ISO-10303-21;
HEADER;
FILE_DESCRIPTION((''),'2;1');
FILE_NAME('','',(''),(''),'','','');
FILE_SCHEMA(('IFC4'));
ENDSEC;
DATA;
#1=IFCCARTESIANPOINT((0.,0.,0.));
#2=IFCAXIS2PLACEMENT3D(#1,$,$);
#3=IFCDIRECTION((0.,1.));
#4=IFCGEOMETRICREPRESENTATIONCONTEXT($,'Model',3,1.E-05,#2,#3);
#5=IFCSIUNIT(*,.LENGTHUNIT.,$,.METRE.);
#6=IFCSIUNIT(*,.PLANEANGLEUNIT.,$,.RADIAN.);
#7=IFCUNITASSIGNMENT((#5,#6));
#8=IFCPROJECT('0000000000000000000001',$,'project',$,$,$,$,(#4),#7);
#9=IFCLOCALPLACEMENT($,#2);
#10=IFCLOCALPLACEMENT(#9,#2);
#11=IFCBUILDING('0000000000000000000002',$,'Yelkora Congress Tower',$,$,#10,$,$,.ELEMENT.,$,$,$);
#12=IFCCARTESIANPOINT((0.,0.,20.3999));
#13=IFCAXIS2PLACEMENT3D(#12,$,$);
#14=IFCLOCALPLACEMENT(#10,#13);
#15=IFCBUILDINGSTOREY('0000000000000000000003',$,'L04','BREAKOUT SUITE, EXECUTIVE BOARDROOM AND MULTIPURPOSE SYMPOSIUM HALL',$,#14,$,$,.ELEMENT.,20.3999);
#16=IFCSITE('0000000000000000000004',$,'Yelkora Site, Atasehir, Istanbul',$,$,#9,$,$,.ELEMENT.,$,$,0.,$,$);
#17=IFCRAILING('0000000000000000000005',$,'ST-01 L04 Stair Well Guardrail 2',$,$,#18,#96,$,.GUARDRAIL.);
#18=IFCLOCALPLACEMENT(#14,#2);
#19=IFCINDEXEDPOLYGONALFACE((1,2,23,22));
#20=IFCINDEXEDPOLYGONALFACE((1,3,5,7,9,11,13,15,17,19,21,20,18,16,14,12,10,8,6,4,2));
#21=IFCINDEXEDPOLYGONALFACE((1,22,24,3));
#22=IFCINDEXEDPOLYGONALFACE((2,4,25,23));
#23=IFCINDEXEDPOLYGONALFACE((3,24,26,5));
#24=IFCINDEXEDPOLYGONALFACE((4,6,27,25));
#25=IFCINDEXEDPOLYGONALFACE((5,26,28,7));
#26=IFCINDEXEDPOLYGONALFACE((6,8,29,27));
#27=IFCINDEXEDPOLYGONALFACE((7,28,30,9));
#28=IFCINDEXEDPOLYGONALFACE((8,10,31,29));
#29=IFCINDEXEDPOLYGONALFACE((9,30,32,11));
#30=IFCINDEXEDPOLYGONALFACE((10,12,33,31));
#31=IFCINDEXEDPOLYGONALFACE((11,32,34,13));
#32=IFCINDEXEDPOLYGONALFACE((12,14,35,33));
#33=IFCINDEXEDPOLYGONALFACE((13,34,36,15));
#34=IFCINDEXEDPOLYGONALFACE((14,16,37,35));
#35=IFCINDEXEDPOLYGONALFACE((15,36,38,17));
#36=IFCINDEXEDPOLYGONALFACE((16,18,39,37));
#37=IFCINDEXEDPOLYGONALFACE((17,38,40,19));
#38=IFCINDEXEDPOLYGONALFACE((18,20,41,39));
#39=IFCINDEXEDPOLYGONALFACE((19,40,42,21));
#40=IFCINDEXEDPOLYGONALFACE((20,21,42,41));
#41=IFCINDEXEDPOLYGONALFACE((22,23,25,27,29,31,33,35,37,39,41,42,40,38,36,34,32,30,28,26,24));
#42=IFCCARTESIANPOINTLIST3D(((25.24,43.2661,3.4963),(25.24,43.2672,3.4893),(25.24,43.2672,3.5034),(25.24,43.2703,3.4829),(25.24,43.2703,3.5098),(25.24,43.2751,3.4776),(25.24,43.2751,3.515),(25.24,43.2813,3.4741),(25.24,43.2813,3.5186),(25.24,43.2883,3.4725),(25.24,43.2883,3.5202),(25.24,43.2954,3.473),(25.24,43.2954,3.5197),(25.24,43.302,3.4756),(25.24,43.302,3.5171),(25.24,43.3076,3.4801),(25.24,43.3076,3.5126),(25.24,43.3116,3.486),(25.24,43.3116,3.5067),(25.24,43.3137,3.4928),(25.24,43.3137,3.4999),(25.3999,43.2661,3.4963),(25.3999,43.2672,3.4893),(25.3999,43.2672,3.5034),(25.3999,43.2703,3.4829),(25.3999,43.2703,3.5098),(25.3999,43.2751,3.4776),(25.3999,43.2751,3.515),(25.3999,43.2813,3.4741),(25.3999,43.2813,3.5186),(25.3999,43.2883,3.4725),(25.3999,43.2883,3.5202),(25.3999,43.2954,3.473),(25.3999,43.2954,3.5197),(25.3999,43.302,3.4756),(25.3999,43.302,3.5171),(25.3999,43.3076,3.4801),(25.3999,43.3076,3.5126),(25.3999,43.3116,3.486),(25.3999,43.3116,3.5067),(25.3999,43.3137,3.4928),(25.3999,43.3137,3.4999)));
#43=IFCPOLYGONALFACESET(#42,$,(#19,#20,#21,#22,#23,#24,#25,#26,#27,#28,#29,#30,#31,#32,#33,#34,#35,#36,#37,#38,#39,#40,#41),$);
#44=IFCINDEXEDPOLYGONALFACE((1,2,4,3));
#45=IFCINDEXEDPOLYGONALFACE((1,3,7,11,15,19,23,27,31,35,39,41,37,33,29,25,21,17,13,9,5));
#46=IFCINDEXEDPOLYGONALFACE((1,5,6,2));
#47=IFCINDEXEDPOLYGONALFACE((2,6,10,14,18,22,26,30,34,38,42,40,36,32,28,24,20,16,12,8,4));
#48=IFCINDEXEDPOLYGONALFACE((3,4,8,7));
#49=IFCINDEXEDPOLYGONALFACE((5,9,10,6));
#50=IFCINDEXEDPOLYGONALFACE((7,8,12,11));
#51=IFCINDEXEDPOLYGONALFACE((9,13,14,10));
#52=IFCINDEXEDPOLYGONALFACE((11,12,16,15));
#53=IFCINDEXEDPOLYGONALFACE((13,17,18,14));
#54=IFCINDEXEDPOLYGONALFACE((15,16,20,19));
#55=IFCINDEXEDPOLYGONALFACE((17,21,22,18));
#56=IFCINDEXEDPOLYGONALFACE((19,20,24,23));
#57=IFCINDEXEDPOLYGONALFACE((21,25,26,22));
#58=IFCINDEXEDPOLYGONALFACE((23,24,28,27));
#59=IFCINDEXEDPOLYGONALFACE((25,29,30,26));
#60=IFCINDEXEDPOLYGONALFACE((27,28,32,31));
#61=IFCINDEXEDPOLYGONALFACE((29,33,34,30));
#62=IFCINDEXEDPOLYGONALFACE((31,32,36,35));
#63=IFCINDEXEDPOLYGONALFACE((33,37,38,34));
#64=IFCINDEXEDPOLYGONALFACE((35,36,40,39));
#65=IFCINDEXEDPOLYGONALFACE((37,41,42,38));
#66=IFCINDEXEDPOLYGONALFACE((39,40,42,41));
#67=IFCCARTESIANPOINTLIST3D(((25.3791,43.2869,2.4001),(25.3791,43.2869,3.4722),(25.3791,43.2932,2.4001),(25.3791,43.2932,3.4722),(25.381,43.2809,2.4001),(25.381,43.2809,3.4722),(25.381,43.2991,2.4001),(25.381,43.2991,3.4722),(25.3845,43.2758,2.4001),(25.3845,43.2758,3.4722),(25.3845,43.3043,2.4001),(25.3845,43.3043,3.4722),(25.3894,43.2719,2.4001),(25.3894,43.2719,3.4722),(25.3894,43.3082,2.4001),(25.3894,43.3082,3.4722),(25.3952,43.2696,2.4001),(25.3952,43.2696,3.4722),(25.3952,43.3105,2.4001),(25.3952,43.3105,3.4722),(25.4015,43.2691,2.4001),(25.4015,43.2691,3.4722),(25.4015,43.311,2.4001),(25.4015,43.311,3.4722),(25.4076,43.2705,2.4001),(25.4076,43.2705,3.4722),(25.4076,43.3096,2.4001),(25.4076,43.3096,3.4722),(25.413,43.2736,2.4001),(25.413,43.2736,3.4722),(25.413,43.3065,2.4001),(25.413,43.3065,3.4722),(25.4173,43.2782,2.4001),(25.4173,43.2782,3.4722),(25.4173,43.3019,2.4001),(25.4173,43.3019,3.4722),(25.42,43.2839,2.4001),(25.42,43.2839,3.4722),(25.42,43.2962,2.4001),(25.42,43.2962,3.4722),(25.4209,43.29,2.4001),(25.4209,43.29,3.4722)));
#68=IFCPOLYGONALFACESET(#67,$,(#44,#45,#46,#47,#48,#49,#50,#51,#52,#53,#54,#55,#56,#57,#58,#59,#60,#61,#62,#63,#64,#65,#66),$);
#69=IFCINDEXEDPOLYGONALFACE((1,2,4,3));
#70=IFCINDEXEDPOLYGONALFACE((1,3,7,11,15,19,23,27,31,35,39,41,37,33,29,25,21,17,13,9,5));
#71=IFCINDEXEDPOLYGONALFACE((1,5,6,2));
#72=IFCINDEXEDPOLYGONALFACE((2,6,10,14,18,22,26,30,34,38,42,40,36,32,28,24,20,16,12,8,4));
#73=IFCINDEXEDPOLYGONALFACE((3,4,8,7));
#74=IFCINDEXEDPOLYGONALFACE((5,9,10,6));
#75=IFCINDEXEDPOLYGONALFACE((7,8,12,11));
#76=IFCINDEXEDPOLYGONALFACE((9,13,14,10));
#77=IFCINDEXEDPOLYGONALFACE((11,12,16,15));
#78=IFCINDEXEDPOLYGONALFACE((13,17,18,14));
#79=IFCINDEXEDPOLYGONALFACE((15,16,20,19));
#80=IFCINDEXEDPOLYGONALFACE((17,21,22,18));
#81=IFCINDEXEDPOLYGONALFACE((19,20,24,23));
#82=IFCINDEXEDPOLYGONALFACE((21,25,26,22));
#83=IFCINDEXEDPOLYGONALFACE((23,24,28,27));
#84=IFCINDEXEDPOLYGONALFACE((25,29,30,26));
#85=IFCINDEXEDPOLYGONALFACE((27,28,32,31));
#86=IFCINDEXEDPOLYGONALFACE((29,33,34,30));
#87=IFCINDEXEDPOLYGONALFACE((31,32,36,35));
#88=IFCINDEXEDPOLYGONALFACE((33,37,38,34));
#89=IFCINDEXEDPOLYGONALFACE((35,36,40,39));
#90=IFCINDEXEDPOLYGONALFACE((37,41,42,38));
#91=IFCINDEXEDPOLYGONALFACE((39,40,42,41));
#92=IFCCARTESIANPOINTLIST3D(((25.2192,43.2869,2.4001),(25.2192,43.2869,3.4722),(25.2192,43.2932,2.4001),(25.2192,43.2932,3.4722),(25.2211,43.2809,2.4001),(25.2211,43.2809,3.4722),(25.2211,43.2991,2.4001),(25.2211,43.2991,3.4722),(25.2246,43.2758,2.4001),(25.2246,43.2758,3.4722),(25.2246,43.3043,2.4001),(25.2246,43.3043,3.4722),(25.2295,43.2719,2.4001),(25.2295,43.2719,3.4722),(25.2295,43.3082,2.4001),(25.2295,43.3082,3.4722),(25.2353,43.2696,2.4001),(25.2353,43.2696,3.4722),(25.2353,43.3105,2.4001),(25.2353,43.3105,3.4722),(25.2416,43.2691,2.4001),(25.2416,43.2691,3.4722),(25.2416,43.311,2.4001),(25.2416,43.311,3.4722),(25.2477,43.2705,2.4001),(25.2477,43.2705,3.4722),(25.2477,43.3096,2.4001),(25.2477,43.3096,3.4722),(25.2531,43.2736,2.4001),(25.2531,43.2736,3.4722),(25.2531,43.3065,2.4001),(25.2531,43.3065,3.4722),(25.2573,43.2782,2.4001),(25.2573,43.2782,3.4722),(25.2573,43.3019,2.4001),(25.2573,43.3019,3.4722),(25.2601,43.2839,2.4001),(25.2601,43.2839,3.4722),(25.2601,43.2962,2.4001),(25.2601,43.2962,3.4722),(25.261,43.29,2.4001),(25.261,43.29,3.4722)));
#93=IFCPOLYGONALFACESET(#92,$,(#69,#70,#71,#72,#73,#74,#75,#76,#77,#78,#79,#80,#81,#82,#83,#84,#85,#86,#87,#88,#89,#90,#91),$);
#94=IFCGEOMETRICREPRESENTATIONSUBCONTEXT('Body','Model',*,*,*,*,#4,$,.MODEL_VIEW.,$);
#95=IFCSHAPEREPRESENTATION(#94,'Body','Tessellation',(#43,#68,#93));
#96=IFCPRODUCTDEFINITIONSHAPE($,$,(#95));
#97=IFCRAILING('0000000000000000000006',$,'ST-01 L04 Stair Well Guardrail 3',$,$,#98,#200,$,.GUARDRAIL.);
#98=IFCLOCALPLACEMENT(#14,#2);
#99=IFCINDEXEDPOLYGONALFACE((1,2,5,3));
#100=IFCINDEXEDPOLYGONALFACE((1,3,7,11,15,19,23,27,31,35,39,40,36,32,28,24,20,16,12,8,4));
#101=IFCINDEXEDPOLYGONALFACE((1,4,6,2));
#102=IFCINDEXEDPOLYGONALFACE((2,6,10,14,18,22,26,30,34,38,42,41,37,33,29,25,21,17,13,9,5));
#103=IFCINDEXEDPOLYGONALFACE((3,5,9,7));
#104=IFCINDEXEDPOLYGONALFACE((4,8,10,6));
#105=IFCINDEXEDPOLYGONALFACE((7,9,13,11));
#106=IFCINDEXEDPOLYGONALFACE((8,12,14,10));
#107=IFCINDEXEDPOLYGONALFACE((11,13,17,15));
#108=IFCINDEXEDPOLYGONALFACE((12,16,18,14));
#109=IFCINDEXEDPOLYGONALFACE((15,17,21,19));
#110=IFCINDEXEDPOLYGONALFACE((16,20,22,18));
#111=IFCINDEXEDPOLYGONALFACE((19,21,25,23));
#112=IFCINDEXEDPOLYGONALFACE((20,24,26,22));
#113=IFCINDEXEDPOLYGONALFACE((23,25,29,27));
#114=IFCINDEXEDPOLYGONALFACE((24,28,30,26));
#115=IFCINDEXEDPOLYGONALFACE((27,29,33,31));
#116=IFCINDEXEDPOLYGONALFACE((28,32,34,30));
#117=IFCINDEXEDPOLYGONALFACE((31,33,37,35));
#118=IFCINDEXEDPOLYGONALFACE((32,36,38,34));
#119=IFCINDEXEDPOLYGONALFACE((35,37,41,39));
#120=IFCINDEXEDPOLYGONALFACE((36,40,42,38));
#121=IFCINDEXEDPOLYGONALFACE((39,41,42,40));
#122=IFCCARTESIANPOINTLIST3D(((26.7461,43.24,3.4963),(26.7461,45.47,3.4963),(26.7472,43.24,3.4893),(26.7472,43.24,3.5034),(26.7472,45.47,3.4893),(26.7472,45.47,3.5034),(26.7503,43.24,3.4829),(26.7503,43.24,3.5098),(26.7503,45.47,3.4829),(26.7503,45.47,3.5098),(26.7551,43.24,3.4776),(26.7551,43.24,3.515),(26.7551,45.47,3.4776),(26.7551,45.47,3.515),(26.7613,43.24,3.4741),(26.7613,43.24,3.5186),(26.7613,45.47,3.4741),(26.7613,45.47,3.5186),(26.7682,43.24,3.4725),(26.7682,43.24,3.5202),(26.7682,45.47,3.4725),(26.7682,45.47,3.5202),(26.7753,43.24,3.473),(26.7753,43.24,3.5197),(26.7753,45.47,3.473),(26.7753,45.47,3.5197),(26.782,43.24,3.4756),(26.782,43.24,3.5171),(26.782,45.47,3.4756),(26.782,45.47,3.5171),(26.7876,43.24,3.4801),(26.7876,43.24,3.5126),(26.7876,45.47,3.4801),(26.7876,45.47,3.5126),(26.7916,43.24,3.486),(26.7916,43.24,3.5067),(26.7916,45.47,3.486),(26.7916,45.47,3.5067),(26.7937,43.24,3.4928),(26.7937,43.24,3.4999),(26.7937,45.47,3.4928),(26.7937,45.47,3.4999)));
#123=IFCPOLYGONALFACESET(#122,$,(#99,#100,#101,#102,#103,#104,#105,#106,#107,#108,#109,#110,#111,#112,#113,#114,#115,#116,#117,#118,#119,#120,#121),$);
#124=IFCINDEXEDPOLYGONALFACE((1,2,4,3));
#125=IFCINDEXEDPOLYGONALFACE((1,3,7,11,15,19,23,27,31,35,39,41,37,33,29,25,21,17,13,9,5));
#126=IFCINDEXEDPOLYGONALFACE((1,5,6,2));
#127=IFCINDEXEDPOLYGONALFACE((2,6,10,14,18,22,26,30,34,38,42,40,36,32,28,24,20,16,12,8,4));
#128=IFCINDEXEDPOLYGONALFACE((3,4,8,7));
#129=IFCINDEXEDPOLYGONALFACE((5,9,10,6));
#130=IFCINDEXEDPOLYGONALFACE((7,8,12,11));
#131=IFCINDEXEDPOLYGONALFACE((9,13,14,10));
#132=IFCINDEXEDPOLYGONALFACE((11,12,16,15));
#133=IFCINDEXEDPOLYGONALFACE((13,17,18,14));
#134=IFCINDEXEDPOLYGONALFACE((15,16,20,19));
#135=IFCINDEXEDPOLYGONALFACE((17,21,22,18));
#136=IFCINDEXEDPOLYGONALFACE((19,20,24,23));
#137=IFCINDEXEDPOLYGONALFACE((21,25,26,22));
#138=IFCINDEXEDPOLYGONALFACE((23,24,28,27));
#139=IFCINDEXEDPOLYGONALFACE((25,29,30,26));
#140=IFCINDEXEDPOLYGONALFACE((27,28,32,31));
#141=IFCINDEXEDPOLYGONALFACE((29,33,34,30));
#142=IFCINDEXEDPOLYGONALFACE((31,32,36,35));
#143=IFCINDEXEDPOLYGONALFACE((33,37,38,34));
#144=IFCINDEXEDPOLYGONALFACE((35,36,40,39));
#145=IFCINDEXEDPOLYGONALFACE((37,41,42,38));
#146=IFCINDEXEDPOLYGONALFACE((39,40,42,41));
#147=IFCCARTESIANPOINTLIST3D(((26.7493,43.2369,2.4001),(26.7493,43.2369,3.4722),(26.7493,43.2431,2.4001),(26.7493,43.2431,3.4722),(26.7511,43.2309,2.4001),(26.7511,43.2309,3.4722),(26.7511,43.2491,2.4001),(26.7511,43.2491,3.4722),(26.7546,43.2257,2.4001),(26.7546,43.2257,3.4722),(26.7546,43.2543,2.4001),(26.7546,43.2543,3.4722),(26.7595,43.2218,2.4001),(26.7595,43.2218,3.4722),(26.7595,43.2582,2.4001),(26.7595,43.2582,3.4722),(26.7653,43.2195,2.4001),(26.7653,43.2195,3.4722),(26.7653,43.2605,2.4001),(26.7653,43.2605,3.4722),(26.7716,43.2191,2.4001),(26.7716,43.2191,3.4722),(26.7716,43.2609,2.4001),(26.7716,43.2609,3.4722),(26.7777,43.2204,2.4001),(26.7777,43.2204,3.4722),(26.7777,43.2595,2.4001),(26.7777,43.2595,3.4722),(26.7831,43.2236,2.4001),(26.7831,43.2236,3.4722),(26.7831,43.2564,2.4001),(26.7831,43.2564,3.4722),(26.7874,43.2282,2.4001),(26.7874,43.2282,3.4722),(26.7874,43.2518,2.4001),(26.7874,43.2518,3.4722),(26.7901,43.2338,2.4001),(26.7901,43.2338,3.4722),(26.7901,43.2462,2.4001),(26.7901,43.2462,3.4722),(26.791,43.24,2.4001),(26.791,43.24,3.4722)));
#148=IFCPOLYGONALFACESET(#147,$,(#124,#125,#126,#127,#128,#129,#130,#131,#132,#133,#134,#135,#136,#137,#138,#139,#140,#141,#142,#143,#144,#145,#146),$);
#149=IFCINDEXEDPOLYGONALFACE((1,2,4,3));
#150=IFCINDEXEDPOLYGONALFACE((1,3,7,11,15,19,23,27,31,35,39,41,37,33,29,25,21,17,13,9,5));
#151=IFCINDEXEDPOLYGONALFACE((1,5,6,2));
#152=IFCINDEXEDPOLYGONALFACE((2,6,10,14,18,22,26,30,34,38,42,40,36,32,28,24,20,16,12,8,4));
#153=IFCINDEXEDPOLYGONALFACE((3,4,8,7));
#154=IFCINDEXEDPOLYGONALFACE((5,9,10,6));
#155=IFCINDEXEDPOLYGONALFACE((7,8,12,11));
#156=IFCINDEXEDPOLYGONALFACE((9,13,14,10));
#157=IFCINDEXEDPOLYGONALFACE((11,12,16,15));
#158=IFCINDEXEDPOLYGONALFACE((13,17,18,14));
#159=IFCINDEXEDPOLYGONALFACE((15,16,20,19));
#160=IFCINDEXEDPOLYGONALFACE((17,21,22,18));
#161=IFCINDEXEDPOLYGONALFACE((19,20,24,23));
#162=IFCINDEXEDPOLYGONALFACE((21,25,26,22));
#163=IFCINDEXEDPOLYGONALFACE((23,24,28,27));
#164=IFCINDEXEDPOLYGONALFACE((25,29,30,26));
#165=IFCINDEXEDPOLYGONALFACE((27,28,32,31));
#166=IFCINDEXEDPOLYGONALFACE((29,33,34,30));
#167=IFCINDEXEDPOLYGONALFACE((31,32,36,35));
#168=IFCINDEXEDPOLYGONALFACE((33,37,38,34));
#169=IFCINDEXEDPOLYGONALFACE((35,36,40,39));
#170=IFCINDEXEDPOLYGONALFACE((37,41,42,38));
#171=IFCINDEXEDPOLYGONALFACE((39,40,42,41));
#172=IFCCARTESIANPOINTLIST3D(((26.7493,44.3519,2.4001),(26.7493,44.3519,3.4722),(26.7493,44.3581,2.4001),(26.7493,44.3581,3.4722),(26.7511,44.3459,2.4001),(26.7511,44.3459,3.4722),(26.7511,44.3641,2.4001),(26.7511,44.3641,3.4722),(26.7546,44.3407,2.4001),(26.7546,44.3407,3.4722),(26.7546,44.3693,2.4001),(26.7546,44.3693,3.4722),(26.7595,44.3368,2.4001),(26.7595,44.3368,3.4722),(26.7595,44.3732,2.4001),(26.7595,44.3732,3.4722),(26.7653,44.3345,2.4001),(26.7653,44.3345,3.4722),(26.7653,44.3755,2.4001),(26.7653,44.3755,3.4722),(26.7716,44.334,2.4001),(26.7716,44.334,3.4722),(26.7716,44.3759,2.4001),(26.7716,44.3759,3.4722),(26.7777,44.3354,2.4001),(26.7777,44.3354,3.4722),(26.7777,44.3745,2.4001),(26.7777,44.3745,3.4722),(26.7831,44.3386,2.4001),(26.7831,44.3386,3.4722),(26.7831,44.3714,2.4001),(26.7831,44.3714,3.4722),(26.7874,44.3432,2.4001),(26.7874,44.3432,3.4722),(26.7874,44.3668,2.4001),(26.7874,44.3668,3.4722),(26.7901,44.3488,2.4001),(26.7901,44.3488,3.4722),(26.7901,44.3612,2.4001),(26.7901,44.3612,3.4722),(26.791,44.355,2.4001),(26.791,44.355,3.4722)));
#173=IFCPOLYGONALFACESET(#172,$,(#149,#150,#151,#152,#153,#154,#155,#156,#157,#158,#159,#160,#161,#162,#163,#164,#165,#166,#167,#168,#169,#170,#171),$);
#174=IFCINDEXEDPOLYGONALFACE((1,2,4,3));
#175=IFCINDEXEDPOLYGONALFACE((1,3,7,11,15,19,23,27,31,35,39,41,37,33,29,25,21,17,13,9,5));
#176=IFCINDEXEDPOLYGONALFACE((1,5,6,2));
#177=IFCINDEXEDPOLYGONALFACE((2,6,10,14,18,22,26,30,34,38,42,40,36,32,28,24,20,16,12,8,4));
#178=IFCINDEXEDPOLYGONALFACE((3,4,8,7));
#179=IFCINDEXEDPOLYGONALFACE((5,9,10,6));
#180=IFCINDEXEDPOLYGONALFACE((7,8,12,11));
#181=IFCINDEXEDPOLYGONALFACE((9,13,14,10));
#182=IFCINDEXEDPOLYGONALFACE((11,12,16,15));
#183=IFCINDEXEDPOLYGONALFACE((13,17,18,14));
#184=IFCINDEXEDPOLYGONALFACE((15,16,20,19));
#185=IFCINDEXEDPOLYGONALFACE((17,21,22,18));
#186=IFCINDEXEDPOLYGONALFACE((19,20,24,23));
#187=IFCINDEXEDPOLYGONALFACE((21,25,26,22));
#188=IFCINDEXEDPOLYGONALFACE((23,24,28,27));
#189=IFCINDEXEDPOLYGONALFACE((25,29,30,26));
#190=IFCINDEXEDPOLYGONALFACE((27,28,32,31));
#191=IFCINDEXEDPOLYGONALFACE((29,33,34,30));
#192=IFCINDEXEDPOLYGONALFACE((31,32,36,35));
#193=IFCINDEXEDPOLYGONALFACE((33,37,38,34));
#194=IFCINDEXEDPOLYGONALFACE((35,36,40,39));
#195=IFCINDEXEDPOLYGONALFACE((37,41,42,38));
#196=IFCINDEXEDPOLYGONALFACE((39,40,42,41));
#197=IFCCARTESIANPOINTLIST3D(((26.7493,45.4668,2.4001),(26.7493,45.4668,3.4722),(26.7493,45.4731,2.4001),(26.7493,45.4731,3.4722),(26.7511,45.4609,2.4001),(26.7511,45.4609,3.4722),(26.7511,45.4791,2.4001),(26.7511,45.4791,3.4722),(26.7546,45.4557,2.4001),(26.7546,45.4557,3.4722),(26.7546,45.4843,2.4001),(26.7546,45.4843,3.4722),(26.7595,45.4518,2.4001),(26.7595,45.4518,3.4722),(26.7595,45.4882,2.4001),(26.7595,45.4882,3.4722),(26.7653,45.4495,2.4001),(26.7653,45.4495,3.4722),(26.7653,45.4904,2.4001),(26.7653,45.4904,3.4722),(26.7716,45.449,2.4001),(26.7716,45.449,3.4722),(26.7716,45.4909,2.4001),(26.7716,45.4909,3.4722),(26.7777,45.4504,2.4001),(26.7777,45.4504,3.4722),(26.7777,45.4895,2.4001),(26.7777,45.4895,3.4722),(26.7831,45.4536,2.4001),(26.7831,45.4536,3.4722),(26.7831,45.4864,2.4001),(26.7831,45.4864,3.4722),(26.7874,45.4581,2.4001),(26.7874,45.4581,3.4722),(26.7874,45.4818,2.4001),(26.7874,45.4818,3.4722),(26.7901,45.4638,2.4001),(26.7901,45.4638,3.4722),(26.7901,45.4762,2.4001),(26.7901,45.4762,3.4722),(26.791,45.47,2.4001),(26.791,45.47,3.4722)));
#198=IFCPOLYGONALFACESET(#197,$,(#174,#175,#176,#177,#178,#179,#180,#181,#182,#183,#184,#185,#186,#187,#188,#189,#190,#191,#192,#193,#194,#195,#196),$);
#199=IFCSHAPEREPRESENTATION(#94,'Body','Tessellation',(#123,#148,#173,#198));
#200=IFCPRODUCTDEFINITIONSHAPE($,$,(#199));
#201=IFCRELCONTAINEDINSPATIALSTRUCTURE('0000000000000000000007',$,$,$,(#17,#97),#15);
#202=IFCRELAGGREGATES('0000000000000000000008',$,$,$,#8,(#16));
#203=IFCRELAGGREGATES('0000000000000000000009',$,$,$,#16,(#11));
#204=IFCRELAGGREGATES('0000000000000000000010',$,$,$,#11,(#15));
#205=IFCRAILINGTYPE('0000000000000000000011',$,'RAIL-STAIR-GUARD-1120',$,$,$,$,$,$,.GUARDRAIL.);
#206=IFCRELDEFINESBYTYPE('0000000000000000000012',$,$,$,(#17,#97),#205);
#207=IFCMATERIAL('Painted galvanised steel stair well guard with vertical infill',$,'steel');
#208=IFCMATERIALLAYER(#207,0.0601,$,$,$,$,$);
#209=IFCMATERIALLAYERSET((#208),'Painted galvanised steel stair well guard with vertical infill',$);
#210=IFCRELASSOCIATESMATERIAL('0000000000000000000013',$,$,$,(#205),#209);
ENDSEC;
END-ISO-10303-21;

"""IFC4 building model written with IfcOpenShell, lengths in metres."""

from ifc_helpers import new_model, si_unit, direction, frame, origin, origin_2d, place, context, subcontext, project, spatial, circle, extrude, material, layer, layer_set, type_object, element, save


model = new_model("IFC4")

# Units and contexts
model_context = context("Model", 3, precision=1e-05, world=origin(), true_north=direction((0.0, 1.0)))
body_context = subcontext(model_context, "Body", "Model", "MODEL_VIEW")
ifc_project = project(units=[si_unit("LENGTHUNIT", "METRE"), si_unit("PLANEANGLEUNIT", "RADIAN")], contexts=[model_context])

# Site, building, storey
site_placement = place(None, origin())
site = spatial("IfcSite", under=ifc_project, at=site_placement, Name="Yelkora Site, Atasehir, Istanbul", CompositionType="ELEMENT", RefElevation=0.0)
building_placement = place(site_placement, origin())
building = spatial("IfcBuilding", under=site, at=building_placement, Name="Yelkora Congress Tower", CompositionType="ELEMENT")
storey_placement = place(building_placement, frame((0.0, 0.0, 20.3999)))
storey = spatial("IfcBuildingStorey", under=building, at=storey_placement, Name="L04", Description="BREAKOUT SUITE, EXECUTIVE BOARDROOM AND MULTIPURPOSE SYMPOSIUM HALL", CompositionType="ELEMENT", Elevation=20.3999)

# Railings
ifc_material_1 = material(Name="Painted galvanised steel stair well guard with vertical infill", Category="steel")
ifc_layer_1 = layer(ifc_material_1, 0.0601)
ifc_layer_set_1 = layer_set([ifc_layer_1], Name="Painted galvanised steel stair well guard with vertical infill")
railing_type_1 = type_object("IfcRailingType", Name="RAIL-STAIR-GUARD-1120", PredefinedType="GUARDRAIL", material=ifc_layer_set_1)
railing_1_placement = place(storey_placement, frame((25.3999, 43.29, 2.4001)))
element("IfcRailing", 1, at=railing_1_placement, inside=storey, type_object=railing_type_1, Name="ST-01 L04 Stair Well Guardrail 2", PredefinedType="GUARDRAIL", context=body_context, shape_type="SweptSolid", body=[
    extrude(circle(Radius=0.0239, at=origin_2d()), frame((0.0, 0.0, 1.0962), z_axis=(-1.0, 0.0, 0.0), x_axis=(0.0, -1.0, 0.0)), (0.0, 0.0, 1.0), 0.1599),
    extrude(circle(Radius=0.021, at=origin_2d()), origin(), (0.0, 0.0, 1.0), 1.072),
    extrude(circle(Radius=0.021, at=origin_2d()), frame((-0.1599, 0.0, 0.0)), (0.0, 0.0, 1.0), 1.072),
])
for number, where, name in (
    (2, (26.77, 43.24, 2.4001), "ST-01 L04 Stair Well Guardrail 3"),
):
    element("IfcRailing", number, at=place(storey_placement, frame(where)), inside=storey, type_object=railing_type_1, Name=name, PredefinedType="GUARDRAIL", context=body_context, shape_type="SweptSolid", body=[
        extrude(circle(Radius=0.0239, at=origin_2d()), frame((0.0, 0.0, 1.0962), z_axis=(0.0, 1.0, 0.0), x_axis=(-1.0, 0.0, 0.0)), (0.0, 0.0, 1.0), 2.23),
        extrude(circle(Radius=0.021, at=origin_2d()), origin(), (0.0, 0.0, 1.0), 1.072),
        extrude(circle(Radius=0.021, at=origin_2d()), frame((0.0, 1.115, 0.0)), (0.0, 0.0, 1.0), 1.072),
        extrude(circle(Radius=0.021, at=origin_2d()), frame((0.0, 2.23, 0.0)), (0.0, 0.0, 1.0), 1.072),
    ])

save(model, "model.ifc")
